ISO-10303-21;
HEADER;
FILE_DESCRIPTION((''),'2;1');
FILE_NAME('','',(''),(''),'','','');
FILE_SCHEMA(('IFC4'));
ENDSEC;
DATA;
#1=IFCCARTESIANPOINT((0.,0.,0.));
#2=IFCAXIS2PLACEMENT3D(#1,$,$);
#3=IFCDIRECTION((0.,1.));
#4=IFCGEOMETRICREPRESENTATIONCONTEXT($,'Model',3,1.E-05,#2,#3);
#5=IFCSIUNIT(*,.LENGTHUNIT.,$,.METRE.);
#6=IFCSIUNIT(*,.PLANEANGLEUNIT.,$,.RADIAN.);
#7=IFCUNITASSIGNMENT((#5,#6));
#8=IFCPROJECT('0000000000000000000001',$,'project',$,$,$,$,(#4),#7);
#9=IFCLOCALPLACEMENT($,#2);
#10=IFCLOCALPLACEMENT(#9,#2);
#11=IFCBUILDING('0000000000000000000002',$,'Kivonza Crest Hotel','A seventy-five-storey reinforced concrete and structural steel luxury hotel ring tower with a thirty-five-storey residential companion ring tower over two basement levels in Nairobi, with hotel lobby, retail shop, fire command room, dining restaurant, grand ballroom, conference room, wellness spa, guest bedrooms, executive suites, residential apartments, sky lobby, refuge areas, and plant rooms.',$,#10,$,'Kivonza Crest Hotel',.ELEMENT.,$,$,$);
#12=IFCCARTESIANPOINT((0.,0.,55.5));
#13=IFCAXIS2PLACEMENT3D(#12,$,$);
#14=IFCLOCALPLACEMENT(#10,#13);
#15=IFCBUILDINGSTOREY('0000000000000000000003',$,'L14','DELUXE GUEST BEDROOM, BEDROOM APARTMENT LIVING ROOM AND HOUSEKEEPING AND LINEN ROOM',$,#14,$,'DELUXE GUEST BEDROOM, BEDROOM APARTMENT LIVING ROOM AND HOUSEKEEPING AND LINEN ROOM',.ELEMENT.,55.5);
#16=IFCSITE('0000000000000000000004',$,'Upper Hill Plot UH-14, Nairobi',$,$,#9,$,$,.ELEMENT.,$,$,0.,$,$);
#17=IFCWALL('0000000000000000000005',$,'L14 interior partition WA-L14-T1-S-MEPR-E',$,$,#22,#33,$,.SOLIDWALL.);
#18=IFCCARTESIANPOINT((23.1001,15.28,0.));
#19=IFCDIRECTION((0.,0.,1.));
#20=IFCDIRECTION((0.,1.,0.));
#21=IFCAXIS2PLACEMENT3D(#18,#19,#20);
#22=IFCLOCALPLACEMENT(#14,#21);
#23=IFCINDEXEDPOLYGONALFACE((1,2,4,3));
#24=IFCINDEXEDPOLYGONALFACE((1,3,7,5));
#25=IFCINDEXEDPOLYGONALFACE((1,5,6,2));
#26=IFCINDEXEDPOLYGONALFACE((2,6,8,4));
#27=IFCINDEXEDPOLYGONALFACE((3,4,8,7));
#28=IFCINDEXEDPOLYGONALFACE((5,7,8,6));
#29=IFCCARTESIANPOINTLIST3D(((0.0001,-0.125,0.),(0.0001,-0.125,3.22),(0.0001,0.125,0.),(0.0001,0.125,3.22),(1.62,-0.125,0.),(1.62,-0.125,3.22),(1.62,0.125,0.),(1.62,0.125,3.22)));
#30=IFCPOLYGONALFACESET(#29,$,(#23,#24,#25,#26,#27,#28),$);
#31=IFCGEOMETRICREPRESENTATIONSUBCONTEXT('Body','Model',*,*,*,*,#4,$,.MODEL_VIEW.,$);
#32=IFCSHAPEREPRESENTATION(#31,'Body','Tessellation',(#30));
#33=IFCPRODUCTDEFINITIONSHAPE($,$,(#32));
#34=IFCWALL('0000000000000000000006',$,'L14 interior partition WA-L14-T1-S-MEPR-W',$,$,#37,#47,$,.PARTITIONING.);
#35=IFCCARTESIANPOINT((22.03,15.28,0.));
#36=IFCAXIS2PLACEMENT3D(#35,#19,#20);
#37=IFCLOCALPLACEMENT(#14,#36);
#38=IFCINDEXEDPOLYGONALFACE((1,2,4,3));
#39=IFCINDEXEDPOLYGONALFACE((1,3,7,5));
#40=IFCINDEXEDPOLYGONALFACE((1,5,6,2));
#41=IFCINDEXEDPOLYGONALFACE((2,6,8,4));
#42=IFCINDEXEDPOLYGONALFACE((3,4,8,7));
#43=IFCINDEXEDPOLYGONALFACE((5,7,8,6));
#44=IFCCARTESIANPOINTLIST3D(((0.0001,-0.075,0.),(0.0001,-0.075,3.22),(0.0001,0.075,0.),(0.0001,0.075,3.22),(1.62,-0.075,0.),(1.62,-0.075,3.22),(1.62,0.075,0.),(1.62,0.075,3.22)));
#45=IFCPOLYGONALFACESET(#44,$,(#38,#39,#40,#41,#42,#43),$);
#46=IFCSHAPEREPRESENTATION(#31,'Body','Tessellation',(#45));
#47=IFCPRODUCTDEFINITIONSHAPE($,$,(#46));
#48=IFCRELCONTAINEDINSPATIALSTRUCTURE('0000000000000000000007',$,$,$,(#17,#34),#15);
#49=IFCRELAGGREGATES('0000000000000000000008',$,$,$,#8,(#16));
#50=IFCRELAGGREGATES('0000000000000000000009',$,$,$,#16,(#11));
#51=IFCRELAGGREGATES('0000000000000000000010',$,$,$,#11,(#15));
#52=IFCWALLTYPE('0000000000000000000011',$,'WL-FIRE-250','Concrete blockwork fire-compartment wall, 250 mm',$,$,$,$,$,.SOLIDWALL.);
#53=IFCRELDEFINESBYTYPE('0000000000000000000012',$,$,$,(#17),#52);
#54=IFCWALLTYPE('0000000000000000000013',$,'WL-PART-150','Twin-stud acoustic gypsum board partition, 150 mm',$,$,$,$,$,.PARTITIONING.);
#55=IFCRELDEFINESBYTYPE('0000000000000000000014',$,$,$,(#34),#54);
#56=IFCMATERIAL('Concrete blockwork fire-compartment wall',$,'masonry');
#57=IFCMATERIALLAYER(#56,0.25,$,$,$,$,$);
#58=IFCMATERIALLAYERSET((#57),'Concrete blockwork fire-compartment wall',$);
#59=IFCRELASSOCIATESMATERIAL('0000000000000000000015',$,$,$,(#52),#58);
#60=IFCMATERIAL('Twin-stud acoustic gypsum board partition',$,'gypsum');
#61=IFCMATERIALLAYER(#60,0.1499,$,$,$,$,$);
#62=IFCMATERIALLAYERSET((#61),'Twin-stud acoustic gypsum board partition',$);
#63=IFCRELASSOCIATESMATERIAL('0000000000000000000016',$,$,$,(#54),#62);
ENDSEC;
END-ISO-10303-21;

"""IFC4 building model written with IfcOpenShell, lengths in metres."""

from ifc_helpers import new_model, si_unit, direction, frame, frame_2d, origin, place, context, subcontext, project, spatial, rectangle, extrude, material, layer, layer_set, type_object, element, save


model = new_model("IFC4")

# Units and contexts
model_context = context("Model", 3, precision=1e-05, world=origin(), true_north=direction((0.0, 1.0)))
body_context = subcontext(model_context, "Body", "Model", "MODEL_VIEW")
ifc_project = project(units=[si_unit("LENGTHUNIT", "METRE"), si_unit("PLANEANGLEUNIT", "RADIAN")], contexts=[model_context])

# Site, building, storey
site_placement = place(None, origin())
site = spatial("IfcSite", under=ifc_project, at=site_placement, Name="Upper Hill Plot UH-14, Nairobi", CompositionType="ELEMENT", RefElevation=0.0)
building_placement = place(site_placement, origin())
building = spatial("IfcBuilding", under=site, at=building_placement, Name="Kivonza Crest Hotel", Description="A seventy-five-storey reinforced concrete and structural steel luxury hotel ring tower with a thirty-five-storey residential companion ring tower over two basement levels in Nairobi, with hotel lobby, retail shop, fire command room, dining restaurant, grand ballroom, conference room, wellness spa, guest bedrooms, executive suites, residential apartments, sky lobby, refuge areas, and plant rooms.", LongName="Kivonza Crest Hotel", CompositionType="ELEMENT")
storey_placement = place(building_placement, frame((0.0, 0.0, 55.5)))
storey = spatial("IfcBuildingStorey", under=building, at=storey_placement, Name="L14", Description="DELUXE GUEST BEDROOM, BEDROOM APARTMENT LIVING ROOM AND HOUSEKEEPING AND LINEN ROOM", LongName="DELUXE GUEST BEDROOM, BEDROOM APARTMENT LIVING ROOM AND HOUSEKEEPING AND LINEN ROOM", CompositionType="ELEMENT", Elevation=55.5)

# Walls
ifc_material_1 = material(Name="Concrete blockwork fire-compartment wall", Category="masonry")
ifc_layer_1 = layer(ifc_material_1, 0.25)
ifc_layer_set_1 = layer_set([ifc_layer_1], Name="Concrete blockwork fire-compartment wall")
wall_type_1 = type_object("IfcWallType", Name="WL-FIRE-250", Description="Concrete blockwork fire-compartment wall, 250 mm", PredefinedType="SOLIDWALL", material=ifc_layer_set_1)
wall_1_placement = place(storey_placement, frame((23.1001, 15.28, 0.0), z_axis=(0.0, 0.0, 1.0), x_axis=(0.0, 1.0, 0.0)))
element("IfcWall", 1, at=wall_1_placement, inside=storey, type_object=wall_type_1, Name="L14 interior partition WA-L14-T1-S-MEPR-E", PredefinedType="SOLIDWALL", context=body_context, shape_type="SweptSolid", body=[
    extrude(rectangle(XDim=1.6199, YDim=0.25, at=frame_2d((0.8101, 0.0))), origin(), (0.0, 0.0, 1.0), 3.22),
])
ifc_material_2 = material(Name="Twin-stud acoustic gypsum board partition", Category="gypsum")
ifc_layer_2 = layer(ifc_material_2, 0.1499)
ifc_layer_set_2 = layer_set([ifc_layer_2], Name="Twin-stud acoustic gypsum board partition")
wall_type_2 = type_object("IfcWallType", Name="WL-PART-150", Description="Twin-stud acoustic gypsum board partition, 150 mm", PredefinedType="PARTITIONING", material=ifc_layer_set_2)
wall_2_placement = place(storey_placement, frame((22.03, 15.28, 0.0), z_axis=(0.0, 0.0, 1.0), x_axis=(0.0, 1.0, 0.0)))
element("IfcWall", 2, at=wall_2_placement, inside=storey, type_object=wall_type_2, Name="L14 interior partition WA-L14-T1-S-MEPR-W", PredefinedType="PARTITIONING", context=body_context, shape_type="SweptSolid", body=[
    extrude(rectangle(XDim=1.6199, YDim=0.1499, at=frame_2d((0.8101, 0.0))), origin(), (0.0, 0.0, 1.0), 3.22),
])

save(model, "model.ifc")
